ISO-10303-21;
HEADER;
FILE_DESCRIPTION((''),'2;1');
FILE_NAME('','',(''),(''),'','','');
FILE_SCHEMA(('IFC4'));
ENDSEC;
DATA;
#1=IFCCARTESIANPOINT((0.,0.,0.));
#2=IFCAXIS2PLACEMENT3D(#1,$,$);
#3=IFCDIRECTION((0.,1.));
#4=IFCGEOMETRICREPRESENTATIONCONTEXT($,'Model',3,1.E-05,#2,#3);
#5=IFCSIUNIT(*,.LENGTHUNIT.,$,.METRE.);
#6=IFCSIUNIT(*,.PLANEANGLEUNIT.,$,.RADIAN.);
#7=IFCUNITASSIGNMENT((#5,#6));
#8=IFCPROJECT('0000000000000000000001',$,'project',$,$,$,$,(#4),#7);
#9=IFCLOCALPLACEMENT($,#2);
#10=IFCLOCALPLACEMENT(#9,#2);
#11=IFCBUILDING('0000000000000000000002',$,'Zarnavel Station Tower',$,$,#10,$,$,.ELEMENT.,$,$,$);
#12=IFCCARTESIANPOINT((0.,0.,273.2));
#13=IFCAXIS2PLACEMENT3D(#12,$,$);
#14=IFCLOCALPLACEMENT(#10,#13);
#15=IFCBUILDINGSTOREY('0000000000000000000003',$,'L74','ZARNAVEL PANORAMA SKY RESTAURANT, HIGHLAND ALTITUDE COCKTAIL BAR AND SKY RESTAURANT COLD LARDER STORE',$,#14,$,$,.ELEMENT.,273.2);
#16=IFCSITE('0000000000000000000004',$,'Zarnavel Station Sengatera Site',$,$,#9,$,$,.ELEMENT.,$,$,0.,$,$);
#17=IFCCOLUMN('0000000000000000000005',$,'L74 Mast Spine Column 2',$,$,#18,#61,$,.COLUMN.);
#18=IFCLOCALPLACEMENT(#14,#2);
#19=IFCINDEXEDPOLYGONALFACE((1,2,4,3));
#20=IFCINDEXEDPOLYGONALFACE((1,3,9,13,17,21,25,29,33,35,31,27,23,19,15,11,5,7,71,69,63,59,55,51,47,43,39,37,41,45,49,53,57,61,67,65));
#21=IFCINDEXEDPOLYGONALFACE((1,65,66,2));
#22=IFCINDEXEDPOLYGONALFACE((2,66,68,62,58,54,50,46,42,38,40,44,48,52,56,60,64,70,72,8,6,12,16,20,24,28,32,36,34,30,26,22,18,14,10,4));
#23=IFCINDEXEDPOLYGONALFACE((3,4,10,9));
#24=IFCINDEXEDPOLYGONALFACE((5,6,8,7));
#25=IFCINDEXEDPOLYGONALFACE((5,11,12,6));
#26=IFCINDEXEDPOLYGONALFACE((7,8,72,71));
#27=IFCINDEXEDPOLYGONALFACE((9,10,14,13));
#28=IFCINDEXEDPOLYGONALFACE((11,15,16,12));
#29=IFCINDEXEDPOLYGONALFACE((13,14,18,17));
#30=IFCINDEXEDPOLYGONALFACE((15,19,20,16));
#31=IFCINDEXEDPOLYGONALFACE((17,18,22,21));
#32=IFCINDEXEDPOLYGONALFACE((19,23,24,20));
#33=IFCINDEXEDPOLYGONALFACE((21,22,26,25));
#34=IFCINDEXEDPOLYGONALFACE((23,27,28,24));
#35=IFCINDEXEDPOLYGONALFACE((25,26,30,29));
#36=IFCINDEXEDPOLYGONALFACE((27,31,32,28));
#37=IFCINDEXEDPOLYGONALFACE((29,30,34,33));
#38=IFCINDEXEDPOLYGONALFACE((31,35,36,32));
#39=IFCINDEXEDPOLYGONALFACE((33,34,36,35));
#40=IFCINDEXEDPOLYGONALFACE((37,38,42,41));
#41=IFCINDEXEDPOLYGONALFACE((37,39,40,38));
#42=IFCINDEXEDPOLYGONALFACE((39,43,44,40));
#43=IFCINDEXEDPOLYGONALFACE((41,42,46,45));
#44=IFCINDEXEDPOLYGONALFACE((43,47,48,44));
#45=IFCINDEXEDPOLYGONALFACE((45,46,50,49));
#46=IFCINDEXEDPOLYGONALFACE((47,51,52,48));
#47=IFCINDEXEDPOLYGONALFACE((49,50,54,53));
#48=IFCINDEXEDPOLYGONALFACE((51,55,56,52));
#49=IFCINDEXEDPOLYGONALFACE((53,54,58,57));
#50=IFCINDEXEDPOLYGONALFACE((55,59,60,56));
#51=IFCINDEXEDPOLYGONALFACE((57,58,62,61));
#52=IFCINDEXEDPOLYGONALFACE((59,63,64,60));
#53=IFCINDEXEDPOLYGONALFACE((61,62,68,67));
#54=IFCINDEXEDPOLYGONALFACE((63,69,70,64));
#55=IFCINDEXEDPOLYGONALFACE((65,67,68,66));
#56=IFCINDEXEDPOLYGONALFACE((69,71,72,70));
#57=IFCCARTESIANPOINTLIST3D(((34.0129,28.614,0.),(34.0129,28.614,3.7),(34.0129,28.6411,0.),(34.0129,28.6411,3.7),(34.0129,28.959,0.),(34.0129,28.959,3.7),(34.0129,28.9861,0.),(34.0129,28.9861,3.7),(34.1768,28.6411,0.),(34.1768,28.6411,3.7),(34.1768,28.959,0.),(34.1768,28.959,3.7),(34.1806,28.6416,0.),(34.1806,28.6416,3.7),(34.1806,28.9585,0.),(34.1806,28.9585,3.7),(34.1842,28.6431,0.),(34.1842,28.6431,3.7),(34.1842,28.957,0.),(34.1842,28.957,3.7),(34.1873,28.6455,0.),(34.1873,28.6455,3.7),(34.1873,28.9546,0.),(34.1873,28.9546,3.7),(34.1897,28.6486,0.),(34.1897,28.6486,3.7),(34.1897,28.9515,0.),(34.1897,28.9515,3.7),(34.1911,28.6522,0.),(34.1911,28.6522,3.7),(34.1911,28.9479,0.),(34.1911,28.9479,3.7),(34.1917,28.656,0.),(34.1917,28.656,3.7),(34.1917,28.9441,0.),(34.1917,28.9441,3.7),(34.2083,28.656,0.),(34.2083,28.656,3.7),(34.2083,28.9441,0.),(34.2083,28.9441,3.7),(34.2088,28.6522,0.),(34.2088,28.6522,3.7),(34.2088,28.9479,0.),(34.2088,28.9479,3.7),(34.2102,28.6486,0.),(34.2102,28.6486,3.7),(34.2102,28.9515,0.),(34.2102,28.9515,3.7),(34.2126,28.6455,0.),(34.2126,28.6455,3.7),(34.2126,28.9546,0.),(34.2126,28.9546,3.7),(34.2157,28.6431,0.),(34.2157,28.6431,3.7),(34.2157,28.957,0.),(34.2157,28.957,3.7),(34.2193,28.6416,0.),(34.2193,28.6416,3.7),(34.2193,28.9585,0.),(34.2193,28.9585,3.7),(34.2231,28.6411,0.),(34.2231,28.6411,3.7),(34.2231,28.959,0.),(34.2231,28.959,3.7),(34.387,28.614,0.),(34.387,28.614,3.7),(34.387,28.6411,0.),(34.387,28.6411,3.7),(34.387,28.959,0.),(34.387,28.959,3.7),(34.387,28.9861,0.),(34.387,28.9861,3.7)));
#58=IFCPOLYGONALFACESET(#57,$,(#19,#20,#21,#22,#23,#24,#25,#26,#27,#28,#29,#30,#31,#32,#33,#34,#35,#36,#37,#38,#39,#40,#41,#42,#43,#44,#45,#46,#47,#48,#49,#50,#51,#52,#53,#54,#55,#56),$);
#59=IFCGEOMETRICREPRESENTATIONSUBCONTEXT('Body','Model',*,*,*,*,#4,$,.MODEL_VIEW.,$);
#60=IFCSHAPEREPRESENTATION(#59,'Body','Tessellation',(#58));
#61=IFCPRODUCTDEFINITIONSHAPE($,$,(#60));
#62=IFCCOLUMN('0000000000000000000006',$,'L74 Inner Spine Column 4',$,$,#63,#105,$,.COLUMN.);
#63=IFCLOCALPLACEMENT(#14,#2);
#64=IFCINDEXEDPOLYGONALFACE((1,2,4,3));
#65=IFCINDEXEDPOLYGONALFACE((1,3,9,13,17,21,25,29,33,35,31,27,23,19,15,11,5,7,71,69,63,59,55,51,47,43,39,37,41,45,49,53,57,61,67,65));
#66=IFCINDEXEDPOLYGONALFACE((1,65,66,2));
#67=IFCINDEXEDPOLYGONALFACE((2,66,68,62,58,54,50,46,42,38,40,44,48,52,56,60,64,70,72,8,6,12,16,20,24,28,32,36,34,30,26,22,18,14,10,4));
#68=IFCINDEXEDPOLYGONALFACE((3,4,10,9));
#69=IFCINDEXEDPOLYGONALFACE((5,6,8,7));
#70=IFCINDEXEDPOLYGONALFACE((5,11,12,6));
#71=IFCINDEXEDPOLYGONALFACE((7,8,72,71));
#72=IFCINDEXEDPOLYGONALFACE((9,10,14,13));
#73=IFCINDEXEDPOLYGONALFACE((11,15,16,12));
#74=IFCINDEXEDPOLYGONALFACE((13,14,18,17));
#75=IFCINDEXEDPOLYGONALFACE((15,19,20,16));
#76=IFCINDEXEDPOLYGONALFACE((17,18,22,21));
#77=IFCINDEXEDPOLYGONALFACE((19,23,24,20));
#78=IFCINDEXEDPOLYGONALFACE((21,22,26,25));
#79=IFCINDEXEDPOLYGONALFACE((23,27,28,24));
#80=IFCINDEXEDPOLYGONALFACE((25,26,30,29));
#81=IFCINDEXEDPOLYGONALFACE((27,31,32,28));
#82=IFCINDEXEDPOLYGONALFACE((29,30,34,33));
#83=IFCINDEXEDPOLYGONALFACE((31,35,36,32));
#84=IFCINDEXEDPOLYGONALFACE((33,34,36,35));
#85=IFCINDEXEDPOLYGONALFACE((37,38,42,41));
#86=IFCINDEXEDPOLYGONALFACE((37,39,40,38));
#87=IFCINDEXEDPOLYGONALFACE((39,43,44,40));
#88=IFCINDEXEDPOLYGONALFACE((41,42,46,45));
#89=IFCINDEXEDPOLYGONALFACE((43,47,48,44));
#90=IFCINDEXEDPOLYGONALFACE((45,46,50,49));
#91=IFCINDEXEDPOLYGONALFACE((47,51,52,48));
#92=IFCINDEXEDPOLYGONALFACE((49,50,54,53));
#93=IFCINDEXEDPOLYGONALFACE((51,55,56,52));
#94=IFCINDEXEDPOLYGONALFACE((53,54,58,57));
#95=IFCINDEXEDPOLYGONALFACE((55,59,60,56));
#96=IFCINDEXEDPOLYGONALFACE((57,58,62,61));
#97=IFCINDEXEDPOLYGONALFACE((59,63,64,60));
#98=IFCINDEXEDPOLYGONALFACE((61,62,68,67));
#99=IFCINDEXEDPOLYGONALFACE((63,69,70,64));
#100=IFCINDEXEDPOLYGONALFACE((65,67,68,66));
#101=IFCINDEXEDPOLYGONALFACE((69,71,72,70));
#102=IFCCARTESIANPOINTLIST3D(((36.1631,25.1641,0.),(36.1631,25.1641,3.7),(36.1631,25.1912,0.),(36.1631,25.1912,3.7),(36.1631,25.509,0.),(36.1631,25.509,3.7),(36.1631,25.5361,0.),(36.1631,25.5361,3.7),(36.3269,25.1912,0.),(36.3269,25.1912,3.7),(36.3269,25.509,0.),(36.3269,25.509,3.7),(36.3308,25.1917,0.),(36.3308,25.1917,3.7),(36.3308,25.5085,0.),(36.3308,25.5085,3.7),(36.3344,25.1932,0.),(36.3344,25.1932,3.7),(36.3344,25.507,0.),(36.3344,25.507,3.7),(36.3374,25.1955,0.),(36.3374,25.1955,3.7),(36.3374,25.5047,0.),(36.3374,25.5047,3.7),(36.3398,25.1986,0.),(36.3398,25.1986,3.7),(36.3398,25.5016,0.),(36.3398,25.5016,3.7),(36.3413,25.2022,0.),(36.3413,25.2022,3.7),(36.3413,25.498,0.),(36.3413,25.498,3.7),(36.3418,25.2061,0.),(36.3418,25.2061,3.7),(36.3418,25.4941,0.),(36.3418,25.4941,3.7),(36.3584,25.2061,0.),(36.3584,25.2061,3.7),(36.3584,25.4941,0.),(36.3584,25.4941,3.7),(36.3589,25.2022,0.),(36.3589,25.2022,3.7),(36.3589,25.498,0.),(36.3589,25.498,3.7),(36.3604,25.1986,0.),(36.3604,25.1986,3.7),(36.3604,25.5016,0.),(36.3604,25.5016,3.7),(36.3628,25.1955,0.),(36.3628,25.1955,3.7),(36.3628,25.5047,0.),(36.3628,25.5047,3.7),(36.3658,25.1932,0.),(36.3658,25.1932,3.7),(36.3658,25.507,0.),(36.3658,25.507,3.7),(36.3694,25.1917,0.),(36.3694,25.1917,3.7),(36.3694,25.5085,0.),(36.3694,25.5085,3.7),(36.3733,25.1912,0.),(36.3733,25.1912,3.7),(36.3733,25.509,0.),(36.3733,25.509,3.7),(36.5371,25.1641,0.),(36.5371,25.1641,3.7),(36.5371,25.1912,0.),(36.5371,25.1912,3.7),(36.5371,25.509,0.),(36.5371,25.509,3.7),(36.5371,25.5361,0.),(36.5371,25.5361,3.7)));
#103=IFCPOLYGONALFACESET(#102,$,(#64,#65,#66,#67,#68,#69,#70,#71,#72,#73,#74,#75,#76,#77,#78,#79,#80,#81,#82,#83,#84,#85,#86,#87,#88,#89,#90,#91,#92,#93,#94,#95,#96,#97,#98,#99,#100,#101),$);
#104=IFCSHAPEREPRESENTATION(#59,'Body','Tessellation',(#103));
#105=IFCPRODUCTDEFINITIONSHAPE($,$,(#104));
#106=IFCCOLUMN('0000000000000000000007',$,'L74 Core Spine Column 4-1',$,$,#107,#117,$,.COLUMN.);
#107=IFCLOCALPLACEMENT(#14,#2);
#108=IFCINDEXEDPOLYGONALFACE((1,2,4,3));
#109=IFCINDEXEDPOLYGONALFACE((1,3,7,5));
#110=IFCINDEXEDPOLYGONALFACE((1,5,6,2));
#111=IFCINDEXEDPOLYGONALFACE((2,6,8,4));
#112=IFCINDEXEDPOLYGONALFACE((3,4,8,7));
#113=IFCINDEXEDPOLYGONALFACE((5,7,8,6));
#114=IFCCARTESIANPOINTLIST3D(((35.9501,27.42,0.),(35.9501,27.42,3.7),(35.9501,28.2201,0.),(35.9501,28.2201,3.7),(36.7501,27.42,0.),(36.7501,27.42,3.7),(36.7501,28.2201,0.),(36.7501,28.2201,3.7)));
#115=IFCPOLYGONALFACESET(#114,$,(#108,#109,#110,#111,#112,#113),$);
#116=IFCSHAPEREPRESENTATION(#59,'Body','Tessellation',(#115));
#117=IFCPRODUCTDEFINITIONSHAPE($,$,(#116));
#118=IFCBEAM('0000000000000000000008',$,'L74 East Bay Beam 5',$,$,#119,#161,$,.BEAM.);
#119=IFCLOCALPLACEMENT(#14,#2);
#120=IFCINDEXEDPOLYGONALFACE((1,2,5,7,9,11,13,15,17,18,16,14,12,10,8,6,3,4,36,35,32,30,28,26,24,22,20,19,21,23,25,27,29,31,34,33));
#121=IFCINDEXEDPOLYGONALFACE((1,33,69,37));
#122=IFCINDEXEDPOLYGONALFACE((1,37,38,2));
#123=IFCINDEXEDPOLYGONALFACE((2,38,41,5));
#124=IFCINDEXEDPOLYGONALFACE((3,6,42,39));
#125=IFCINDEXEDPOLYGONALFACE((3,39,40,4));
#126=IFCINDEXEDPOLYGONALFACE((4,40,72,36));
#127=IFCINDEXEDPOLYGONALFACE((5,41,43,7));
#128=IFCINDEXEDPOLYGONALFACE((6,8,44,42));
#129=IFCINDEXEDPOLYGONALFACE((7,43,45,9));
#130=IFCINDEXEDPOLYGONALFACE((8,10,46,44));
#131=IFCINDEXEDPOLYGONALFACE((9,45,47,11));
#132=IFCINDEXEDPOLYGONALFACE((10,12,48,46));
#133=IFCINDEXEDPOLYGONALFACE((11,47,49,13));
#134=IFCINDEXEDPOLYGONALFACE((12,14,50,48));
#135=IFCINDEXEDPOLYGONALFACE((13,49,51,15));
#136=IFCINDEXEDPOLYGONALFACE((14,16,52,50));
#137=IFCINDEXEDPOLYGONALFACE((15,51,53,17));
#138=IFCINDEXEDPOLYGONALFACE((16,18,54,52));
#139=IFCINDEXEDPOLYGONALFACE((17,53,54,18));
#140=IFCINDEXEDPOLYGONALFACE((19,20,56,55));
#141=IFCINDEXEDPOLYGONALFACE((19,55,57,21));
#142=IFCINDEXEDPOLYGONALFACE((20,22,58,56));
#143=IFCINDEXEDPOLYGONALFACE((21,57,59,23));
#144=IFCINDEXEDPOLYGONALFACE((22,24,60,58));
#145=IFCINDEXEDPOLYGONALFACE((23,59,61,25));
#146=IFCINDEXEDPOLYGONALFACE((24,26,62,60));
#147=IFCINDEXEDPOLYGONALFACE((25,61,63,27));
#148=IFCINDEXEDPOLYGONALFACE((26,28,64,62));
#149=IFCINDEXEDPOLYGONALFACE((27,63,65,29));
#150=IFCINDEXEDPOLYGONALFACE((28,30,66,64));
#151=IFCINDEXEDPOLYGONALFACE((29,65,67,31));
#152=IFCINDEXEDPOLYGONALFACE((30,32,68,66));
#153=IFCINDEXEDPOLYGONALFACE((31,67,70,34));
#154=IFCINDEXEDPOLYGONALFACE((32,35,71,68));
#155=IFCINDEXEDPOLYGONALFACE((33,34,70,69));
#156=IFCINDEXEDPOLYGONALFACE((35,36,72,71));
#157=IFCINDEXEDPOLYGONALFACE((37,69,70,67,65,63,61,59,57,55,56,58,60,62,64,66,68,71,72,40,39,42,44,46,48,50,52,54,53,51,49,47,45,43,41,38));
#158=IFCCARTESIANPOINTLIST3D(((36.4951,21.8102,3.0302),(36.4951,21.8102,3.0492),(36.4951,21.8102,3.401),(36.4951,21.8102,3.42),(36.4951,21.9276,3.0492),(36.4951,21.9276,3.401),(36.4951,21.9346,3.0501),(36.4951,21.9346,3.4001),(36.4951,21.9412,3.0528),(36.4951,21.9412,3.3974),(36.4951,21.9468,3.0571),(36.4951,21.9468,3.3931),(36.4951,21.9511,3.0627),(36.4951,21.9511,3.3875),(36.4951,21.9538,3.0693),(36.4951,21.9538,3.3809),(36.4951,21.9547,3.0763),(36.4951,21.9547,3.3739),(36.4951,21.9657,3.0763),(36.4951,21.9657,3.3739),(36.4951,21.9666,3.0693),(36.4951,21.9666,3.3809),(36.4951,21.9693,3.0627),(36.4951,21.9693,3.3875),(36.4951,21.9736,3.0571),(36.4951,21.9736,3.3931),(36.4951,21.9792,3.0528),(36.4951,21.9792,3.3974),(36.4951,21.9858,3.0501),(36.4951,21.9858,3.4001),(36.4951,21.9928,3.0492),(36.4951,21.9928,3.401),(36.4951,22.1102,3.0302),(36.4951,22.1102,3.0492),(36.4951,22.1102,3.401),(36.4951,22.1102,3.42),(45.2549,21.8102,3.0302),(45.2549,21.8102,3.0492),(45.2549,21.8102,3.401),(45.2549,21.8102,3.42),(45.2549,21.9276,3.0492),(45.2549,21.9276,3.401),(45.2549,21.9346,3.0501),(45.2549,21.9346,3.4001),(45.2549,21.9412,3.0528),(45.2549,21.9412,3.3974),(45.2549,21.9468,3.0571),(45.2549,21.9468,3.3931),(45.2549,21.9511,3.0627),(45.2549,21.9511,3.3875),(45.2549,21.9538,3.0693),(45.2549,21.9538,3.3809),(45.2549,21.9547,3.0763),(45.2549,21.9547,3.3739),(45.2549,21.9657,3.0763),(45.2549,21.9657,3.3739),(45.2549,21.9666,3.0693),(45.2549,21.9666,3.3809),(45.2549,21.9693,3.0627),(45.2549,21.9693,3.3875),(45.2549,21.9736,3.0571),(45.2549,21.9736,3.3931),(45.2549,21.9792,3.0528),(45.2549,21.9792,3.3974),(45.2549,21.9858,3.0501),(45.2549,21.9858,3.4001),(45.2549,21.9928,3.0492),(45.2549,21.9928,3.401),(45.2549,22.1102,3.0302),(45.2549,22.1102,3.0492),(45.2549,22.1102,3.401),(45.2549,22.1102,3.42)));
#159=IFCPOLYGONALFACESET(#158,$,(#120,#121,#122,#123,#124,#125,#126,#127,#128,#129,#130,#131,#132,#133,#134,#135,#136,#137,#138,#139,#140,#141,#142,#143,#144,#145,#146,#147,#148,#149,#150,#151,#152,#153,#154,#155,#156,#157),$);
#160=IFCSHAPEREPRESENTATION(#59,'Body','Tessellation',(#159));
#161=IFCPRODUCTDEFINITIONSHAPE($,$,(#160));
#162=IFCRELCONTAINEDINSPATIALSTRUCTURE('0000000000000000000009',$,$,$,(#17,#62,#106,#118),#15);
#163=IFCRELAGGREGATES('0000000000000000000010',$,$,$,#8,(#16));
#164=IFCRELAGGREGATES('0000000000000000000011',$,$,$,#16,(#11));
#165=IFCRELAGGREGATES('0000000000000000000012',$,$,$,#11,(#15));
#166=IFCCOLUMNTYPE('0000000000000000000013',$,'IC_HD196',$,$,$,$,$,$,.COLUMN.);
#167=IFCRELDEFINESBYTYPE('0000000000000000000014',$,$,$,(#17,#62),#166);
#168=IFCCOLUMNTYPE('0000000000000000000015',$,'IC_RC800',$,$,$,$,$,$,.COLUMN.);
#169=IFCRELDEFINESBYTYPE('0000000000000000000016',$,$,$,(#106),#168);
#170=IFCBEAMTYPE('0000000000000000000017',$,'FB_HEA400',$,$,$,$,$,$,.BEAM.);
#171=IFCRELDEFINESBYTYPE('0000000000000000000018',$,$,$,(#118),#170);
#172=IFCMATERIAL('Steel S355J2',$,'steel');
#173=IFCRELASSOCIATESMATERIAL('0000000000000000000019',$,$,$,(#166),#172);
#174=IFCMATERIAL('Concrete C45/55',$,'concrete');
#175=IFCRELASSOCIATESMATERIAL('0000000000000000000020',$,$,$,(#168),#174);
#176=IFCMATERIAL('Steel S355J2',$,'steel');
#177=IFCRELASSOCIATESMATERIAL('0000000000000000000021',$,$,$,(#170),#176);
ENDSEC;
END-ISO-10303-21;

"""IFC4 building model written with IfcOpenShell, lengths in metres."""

from ifc_helpers import new_model, si_unit, direction, frame, origin, origin_2d, place, context, subcontext, project, spatial, rectangle, i_section, extrude, material, material_profile, profile_set, type_object, element, save


model = new_model("IFC4")

# Units and contexts
model_context = context("Model", 3, precision=1e-05, world=origin(), true_north=direction((0.0, 1.0)))
body_context = subcontext(model_context, "Body", "Model", "MODEL_VIEW")
ifc_project = project(units=[si_unit("LENGTHUNIT", "METRE"), si_unit("PLANEANGLEUNIT", "RADIAN")], contexts=[model_context])

# Site, building, storey
site_placement = place(None, origin())
site = spatial("IfcSite", under=ifc_project, at=site_placement, Name="Zarnavel Station Sengatera Site", CompositionType="ELEMENT", RefElevation=0.0)
building_placement = place(site_placement, origin())
building = spatial("IfcBuilding", under=site, at=building_placement, Name="Zarnavel Station Tower", CompositionType="ELEMENT")
storey_placement = place(building_placement, frame((0.0, 0.0, 273.2)))
storey = spatial("IfcBuildingStorey", under=building, at=storey_placement, Name="L74", Description="ZARNAVEL PANORAMA SKY RESTAURANT, HIGHLAND ALTITUDE COCKTAIL BAR AND SKY RESTAURANT COLD LARDER STORE", CompositionType="ELEMENT", Elevation=273.2)

# Columns
ifc_material_1 = material(Name="Steel S355J2", Category="steel")
ifc_material_profile_1 = material_profile(ifc_material_1, i_section(OverallWidth=0.374, OverallDepth=0.3721, WebThickness=0.0166, FlangeThickness=0.0271, FilletRadius=0.0149, at=origin_2d()), Name="HD360x196")
ifc_profile_set_1 = profile_set([ifc_material_profile_1], Name="Steel S355J2")
column_type_1 = type_object("IfcColumnType", Name="IC_HD196", PredefinedType="COLUMN", material=ifc_profile_set_1)
for number, where, z_axis, x_axis, name in (
    (1, (34.2, 28.8, 0.0), (0.0, 0.0, 1.0), (1.0, 0.0, 0.0), "L74 Mast Spine Column 2"),
    (2, (36.3501, 25.3501, 0.0), (0.0, 0.0, 1.0), (1.0, 0.0, 0.0), "L74 Inner Spine Column 4"),
):
    element("IfcColumn", number, at=place(storey_placement, frame(where, z_axis=z_axis, x_axis=x_axis)), inside=storey, type_object=column_type_1, Name=name, PredefinedType="COLUMN", context=body_context, shape_type="SweptSolid", body=[
        extrude(i_section(OverallWidth=0.374, OverallDepth=0.3721, WebThickness=0.0166, FlangeThickness=0.0271, FilletRadius=0.0149, at=origin_2d()), origin(), (0.0, 0.0, 1.0), 3.7),
    ])
ifc_material_2 = material(Name="Concrete C45/55", Category="concrete")
ifc_material_profile_2 = material_profile(ifc_material_2, rectangle(XDim=0.8, YDim=0.8, at=origin_2d()), Name="RC800x800")
ifc_profile_set_2 = profile_set([ifc_material_profile_2], Name="Concrete C45/55")
column_type_2 = type_object("IfcColumnType", Name="IC_RC800", PredefinedType="COLUMN", material=ifc_profile_set_2)
column_placement = place(storey_placement, frame((36.3501, 27.8201, 0.0), z_axis=(0.0, 0.0, 1.0), x_axis=(1.0, 0.0, 0.0)))
element("IfcColumn", 3, at=column_placement, inside=storey, type_object=column_type_2, Name="L74 Core Spine Column 4-1", PredefinedType="COLUMN", context=body_context, shape_type="SweptSolid", body=[
    extrude(rectangle(XDim=0.8, YDim=0.8, at=origin_2d()), origin(), (0.0, 0.0, 1.0), 3.7),
])

# Beam
ifc_material_3 = material(Name="Steel S355J2", Category="steel")
ifc_material_profile_3 = material_profile(ifc_material_3, i_section(OverallWidth=0.3, OverallDepth=0.3899, WebThickness=0.011, FlangeThickness=0.019, FilletRadius=0.0271, at=origin_2d()), Name="HEA400")
ifc_profile_set_3 = profile_set([ifc_material_profile_3], Name="Steel S355J2")
beam_type_1 = type_object("IfcBeamType", Name="FB_HEA400", PredefinedType="BEAM", material=ifc_profile_set_3)
beam_1_placement = place(storey_placement, frame((36.4951, 21.9602, 3.2251), z_axis=(1.0, 0.0, 0.0), x_axis=(0.0, 1.0, 0.0)))
element("IfcBeam", 4, at=beam_1_placement, inside=storey, type_object=beam_type_1, Name="L74 East Bay Beam 5", PredefinedType="BEAM", context=body_context, shape_type="SweptSolid", body=[
    extrude(i_section(OverallWidth=0.3, OverallDepth=0.3899, WebThickness=0.011, FlangeThickness=0.019, FilletRadius=0.0271, at=origin_2d()), origin(), (0.0, 0.0, 1.0), 8.7598),
])

save(model, "model.ifc")
